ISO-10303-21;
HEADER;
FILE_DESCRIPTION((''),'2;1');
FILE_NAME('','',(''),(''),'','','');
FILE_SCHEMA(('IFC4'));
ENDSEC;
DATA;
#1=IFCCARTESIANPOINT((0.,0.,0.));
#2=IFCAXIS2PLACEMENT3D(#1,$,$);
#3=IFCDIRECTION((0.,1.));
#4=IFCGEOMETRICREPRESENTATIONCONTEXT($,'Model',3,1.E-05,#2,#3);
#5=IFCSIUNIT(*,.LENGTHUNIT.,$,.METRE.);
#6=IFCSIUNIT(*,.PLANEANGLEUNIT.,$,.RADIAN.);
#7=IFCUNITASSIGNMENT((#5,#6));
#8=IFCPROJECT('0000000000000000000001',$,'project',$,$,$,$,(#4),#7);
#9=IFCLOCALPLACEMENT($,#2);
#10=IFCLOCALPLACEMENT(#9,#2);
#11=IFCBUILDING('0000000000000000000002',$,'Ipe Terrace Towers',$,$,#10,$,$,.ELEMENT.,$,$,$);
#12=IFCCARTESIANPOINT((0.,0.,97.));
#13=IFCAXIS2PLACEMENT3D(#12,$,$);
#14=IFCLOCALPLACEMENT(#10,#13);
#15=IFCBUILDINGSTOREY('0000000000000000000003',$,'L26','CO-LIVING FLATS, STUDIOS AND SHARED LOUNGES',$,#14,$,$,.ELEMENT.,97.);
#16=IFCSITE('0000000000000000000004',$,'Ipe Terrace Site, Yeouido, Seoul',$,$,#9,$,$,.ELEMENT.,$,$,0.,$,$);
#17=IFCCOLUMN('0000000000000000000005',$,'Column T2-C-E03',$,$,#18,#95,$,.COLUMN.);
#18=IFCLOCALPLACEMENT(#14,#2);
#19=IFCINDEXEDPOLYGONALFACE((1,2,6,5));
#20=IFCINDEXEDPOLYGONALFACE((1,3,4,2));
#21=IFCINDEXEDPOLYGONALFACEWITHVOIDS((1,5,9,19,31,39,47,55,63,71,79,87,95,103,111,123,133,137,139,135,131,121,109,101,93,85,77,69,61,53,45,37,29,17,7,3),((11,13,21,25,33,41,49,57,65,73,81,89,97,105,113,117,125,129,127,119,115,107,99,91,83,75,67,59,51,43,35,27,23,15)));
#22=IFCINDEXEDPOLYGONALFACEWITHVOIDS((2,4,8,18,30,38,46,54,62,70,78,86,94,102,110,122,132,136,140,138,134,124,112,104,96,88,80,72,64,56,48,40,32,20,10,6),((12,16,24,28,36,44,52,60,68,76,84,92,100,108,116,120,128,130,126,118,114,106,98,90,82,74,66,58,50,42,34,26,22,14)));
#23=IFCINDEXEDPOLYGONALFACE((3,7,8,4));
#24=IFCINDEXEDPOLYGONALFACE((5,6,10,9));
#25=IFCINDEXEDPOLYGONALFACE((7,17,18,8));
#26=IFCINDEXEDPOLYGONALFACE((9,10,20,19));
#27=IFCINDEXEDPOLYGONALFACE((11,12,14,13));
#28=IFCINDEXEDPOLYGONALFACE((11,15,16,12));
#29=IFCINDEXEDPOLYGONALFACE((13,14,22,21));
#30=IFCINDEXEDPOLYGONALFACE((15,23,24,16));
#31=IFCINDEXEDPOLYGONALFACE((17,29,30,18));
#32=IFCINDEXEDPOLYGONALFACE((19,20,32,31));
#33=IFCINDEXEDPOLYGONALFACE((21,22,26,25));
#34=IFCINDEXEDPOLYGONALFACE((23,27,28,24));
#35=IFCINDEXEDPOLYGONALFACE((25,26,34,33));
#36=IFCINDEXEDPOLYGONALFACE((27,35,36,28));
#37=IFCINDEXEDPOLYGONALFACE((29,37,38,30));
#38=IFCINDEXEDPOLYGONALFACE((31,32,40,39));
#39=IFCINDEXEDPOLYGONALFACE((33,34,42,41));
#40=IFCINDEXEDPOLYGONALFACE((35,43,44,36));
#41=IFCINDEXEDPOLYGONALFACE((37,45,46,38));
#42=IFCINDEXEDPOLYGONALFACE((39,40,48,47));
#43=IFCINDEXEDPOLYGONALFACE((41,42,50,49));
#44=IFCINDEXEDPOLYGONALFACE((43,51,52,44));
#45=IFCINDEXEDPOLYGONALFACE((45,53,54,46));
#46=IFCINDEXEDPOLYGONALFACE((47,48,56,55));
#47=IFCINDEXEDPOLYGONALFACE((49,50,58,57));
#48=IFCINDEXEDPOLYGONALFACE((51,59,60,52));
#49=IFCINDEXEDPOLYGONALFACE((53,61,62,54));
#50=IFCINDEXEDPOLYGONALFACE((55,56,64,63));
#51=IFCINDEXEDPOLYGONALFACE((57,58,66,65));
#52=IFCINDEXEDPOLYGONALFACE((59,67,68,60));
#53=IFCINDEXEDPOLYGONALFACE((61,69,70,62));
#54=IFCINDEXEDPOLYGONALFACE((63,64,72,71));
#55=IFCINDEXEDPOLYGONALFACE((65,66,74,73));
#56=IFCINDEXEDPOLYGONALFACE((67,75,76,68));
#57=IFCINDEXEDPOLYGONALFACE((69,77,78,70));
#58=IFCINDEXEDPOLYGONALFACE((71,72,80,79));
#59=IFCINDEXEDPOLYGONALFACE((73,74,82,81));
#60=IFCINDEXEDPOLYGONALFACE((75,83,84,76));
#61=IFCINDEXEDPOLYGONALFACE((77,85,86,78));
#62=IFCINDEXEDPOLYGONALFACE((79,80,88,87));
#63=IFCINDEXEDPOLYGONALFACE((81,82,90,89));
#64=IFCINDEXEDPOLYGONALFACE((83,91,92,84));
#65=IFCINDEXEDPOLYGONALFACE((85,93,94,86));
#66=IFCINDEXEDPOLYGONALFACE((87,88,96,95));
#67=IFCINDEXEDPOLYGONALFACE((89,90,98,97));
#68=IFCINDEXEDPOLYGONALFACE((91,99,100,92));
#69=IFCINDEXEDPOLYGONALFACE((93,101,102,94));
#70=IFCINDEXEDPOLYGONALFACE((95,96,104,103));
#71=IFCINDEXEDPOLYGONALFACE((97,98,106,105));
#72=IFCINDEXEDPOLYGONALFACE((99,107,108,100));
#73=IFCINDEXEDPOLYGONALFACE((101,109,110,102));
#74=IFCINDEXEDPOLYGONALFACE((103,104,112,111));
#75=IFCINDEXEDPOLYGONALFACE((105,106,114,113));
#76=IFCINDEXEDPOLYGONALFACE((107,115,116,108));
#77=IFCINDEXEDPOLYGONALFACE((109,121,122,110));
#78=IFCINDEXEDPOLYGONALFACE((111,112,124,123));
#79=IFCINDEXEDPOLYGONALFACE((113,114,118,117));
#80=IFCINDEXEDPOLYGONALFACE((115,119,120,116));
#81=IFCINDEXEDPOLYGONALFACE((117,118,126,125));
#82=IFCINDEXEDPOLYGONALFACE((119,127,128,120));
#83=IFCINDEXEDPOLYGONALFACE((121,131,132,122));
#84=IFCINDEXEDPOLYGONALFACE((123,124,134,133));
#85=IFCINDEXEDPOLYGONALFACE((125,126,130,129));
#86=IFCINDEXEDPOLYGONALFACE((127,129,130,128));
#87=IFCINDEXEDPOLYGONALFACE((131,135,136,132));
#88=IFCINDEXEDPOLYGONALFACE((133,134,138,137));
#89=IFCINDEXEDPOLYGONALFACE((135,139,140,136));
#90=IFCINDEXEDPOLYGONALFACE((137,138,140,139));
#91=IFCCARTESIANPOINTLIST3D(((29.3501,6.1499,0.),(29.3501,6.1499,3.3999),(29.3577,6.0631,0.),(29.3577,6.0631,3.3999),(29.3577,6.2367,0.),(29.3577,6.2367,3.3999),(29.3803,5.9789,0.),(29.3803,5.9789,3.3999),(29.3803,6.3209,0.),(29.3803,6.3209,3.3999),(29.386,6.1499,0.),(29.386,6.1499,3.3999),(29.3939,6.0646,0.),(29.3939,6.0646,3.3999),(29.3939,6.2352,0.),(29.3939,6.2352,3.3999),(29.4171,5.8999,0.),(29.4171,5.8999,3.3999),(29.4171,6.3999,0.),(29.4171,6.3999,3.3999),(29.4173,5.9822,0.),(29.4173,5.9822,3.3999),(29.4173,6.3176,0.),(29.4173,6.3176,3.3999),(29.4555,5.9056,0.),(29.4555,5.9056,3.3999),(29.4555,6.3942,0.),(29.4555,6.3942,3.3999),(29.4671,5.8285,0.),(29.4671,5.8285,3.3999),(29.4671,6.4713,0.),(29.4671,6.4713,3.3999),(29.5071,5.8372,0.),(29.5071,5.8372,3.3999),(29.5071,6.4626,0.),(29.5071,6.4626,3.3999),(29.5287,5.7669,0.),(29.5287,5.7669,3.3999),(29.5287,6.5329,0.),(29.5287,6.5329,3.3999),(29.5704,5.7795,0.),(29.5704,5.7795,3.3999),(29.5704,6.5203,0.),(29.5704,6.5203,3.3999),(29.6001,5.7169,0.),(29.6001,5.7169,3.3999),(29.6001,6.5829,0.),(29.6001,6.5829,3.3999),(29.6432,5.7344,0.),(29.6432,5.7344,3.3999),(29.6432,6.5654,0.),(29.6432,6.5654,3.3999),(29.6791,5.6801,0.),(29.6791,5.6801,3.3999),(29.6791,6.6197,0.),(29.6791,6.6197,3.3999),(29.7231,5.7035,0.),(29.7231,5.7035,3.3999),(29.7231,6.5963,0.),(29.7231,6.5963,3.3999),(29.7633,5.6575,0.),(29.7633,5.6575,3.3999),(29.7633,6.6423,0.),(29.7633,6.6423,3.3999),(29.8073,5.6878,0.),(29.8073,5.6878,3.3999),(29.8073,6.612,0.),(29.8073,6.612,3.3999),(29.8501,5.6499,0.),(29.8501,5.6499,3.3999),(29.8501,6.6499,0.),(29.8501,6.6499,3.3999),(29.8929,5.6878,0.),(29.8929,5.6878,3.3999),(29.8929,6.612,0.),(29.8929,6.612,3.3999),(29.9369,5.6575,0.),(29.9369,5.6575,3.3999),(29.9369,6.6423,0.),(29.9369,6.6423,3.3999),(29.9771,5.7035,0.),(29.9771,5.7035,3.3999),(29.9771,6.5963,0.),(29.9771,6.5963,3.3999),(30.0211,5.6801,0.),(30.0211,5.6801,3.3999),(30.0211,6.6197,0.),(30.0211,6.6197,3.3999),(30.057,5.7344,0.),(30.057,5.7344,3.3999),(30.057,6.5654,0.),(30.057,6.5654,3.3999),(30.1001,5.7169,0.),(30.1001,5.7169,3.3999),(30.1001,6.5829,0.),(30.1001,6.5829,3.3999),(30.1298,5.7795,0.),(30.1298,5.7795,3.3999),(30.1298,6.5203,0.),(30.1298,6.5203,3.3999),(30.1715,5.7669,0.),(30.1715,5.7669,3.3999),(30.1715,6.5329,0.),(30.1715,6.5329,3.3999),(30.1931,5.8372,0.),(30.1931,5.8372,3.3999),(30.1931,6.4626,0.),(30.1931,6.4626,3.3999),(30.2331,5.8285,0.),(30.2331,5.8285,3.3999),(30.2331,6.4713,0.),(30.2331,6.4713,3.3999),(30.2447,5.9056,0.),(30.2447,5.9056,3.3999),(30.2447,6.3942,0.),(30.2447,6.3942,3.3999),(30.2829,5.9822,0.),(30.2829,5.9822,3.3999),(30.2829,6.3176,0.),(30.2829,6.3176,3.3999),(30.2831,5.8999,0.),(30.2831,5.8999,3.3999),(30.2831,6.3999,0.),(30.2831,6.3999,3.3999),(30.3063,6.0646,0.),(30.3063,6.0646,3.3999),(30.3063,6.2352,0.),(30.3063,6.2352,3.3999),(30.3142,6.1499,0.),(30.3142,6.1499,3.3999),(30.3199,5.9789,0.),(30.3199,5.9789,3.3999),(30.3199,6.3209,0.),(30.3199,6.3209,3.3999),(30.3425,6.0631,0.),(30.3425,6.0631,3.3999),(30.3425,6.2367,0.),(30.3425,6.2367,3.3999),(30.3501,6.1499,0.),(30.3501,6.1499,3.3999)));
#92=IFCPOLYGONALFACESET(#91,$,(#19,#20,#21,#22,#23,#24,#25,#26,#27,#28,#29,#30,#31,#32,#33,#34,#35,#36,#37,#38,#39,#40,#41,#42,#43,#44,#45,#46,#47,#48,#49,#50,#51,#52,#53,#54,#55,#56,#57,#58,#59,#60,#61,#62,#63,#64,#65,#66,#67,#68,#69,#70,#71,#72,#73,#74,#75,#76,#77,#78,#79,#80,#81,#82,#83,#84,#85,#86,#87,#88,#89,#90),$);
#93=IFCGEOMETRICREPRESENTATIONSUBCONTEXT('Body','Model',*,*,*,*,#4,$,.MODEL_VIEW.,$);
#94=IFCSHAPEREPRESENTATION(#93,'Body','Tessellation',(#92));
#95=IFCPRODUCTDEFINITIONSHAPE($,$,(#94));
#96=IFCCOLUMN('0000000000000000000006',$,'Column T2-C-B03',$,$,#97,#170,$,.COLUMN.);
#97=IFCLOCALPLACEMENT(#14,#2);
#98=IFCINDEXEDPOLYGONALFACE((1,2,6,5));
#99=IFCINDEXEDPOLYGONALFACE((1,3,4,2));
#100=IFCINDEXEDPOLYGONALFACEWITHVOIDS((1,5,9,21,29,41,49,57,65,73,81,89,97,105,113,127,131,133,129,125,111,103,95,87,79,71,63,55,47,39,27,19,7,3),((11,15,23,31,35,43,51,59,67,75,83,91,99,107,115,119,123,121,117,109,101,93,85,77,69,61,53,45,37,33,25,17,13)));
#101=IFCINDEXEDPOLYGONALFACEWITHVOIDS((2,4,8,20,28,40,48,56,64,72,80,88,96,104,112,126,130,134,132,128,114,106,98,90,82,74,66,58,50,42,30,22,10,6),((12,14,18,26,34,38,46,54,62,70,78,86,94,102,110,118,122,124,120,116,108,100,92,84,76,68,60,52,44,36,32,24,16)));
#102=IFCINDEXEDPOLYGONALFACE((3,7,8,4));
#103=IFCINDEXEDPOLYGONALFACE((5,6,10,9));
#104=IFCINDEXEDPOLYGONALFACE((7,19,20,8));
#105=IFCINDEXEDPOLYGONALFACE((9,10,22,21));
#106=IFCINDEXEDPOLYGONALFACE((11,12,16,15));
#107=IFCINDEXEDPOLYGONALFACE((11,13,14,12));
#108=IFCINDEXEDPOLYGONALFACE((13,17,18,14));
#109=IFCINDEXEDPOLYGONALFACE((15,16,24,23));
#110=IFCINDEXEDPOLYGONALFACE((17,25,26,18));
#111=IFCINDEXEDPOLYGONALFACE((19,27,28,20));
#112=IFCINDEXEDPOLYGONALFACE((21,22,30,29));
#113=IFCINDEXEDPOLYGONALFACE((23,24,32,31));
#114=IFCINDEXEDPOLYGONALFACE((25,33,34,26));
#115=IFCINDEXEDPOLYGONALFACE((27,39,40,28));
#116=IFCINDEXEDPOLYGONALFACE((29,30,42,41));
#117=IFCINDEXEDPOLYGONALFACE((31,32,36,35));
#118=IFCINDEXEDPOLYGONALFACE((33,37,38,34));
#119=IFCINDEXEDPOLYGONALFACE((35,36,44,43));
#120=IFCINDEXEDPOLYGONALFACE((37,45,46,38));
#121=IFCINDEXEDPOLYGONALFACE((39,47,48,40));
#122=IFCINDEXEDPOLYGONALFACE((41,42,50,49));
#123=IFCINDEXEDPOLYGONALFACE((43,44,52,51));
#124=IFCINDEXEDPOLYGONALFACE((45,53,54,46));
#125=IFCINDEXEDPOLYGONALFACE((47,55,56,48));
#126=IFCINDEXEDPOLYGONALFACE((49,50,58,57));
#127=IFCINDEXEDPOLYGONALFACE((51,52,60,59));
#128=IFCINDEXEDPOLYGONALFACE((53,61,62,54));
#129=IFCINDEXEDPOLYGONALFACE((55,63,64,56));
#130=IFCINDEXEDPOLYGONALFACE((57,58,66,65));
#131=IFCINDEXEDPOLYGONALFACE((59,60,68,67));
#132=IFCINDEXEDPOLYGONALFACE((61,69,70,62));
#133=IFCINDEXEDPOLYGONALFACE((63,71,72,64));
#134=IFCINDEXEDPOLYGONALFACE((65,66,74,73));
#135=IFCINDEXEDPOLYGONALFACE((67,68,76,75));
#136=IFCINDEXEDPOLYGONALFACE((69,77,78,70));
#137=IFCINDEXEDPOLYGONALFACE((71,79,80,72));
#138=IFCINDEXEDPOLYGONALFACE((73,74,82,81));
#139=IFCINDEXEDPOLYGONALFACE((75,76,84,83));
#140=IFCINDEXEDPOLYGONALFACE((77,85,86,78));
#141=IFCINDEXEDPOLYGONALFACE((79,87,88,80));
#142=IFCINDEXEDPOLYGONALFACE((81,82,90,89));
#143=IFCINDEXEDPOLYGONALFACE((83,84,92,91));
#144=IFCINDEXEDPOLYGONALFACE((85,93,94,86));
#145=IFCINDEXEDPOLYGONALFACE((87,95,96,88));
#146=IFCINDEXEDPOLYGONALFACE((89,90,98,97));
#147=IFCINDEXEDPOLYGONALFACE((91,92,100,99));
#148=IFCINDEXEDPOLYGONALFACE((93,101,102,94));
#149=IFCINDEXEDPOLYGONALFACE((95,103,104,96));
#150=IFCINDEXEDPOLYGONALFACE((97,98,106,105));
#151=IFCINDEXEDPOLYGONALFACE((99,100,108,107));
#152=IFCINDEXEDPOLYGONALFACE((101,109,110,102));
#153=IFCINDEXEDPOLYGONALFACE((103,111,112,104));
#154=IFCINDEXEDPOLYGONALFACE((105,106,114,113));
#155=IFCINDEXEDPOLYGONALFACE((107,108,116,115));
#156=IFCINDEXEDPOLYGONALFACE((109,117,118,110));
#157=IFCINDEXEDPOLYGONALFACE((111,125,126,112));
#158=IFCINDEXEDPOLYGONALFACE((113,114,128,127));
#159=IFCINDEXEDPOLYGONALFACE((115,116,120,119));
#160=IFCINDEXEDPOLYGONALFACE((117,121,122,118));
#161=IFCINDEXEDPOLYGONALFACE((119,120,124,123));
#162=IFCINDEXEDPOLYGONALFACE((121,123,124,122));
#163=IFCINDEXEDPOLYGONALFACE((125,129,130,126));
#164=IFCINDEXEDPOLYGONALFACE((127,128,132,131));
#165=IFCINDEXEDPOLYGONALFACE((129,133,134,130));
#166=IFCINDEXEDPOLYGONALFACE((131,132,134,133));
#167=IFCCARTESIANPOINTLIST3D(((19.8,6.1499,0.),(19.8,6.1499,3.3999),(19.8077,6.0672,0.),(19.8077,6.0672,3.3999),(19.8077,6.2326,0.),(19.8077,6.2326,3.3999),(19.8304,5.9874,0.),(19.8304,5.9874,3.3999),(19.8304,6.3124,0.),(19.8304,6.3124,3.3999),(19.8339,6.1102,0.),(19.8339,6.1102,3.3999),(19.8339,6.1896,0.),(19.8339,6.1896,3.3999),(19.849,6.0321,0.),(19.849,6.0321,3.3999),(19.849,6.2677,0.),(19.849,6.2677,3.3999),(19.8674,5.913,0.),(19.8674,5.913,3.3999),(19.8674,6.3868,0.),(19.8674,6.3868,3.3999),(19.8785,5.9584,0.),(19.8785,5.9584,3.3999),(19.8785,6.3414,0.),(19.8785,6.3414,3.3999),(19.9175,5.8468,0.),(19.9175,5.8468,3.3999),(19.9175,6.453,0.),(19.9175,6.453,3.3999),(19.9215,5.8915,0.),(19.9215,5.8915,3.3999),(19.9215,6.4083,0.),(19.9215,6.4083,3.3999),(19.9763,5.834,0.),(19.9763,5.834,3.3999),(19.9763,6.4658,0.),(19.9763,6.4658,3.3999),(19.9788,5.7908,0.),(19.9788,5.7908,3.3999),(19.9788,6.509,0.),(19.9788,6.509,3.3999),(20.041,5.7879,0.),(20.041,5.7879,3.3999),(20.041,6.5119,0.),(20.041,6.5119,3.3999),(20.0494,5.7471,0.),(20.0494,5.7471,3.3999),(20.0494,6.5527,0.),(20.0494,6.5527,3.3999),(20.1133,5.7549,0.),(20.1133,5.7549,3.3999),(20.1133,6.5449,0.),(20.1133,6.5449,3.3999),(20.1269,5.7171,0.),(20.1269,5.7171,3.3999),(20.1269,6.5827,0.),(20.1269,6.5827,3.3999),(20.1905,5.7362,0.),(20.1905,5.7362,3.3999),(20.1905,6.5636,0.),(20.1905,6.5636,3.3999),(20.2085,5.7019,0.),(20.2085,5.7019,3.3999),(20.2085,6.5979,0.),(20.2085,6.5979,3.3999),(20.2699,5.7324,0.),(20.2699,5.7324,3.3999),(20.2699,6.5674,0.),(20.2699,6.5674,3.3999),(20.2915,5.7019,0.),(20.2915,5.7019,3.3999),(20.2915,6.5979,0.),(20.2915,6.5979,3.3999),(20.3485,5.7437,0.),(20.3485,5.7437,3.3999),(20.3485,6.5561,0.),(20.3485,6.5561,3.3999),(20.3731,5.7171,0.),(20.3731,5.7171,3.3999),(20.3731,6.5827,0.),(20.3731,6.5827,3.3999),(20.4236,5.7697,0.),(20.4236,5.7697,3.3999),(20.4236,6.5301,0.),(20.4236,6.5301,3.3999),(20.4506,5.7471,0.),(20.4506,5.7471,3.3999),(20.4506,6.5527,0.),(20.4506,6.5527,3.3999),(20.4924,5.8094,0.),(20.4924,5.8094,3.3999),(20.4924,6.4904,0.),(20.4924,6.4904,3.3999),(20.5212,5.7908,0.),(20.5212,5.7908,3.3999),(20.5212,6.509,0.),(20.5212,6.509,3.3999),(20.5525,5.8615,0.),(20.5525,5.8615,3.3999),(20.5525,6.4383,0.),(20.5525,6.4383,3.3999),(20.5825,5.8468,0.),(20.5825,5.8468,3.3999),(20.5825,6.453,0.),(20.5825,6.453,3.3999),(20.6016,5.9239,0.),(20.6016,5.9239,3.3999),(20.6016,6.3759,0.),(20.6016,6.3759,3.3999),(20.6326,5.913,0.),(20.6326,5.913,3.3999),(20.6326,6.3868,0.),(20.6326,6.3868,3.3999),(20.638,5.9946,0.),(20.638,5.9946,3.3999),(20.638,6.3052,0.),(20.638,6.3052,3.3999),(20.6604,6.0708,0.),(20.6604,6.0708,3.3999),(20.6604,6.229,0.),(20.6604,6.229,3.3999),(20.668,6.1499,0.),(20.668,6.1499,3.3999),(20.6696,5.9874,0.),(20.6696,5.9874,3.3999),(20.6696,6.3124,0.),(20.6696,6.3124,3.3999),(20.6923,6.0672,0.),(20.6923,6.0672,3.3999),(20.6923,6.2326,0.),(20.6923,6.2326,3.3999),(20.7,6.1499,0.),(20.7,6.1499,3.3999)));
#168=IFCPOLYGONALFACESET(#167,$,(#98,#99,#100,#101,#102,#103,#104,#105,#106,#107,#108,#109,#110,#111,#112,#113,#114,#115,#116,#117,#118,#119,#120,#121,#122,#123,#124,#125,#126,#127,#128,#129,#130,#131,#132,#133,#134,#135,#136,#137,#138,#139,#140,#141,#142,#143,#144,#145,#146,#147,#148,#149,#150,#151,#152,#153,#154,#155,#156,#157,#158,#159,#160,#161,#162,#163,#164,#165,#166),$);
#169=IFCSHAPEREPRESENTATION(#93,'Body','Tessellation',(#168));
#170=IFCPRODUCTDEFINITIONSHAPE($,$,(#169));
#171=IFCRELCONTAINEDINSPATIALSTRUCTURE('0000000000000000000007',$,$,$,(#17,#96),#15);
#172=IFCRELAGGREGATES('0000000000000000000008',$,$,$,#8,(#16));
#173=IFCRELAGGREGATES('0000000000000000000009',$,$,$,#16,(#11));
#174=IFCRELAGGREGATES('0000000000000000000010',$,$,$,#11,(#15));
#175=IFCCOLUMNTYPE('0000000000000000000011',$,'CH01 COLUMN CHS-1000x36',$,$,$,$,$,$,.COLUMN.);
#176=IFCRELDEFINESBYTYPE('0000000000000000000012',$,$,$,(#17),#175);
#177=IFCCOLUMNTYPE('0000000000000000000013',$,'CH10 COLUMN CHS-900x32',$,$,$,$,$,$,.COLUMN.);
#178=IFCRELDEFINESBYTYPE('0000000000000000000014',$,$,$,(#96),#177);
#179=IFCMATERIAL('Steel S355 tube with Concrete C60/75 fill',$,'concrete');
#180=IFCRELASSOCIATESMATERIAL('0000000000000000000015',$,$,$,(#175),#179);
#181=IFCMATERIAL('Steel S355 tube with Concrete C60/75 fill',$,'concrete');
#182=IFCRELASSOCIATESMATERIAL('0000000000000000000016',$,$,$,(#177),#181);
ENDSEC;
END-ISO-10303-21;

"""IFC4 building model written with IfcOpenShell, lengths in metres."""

from ifc_helpers import new_model, si_unit, direction, frame, origin, origin_2d, place, context, subcontext, project, spatial, hollow_circle, extrude, material, material_profile, profile_set, type_object, element, save


model = new_model("IFC4")

# Units and contexts
model_context = context("Model", 3, precision=1e-05, world=origin(), true_north=direction((0.0, 1.0)))
body_context = subcontext(model_context, "Body", "Model", "MODEL_VIEW")
ifc_project = project(units=[si_unit("LENGTHUNIT", "METRE"), si_unit("PLANEANGLEUNIT", "RADIAN")], contexts=[model_context])

# Site, building, storey
site_placement = place(None, origin())
site = spatial("IfcSite", under=ifc_project, at=site_placement, Name="Ipe Terrace Site, Yeouido, Seoul", CompositionType="ELEMENT", RefElevation=0.0)
building_placement = place(site_placement, origin())
building = spatial("IfcBuilding", under=site, at=building_placement, Name="Ipe Terrace Towers", CompositionType="ELEMENT")
storey_placement = place(building_placement, frame((0.0, 0.0, 97.0)))
storey = spatial("IfcBuildingStorey", under=building, at=storey_placement, Name="L26", Description="CO-LIVING FLATS, STUDIOS AND SHARED LOUNGES", CompositionType="ELEMENT", Elevation=97.0)

# Columns
ifc_material_1 = material(Name="Steel S355 tube with Concrete C60/75 fill", Category="concrete")
ifc_material_profile_1 = material_profile(ifc_material_1, hollow_circle(Radius=0.5, WallThickness=0.0359, at=origin_2d()), Name="CHS-1000x36")
ifc_profile_set_1 = profile_set([ifc_material_profile_1], Name="Steel S355 tube with Concrete C60/75 fill")
column_type_1 = type_object("IfcColumnType", Name="CH01 COLUMN CHS-1000x36", PredefinedType="COLUMN", material=ifc_profile_set_1)
column_placement = place(storey_placement, frame((29.8501, 6.1499, 0.0), z_axis=(0.0, 0.0, 1.0), x_axis=(1.0, 0.0, 0.0)))
element("IfcColumn", 1, at=column_placement, inside=storey, type_object=column_type_1, Name="Column T2-C-E03", PredefinedType="COLUMN", context=body_context, shape_type="SweptSolid", body=[
    extrude(hollow_circle(Radius=0.5, WallThickness=0.0359, at=origin_2d()), origin(), (0.0, 0.0, 1.0), 3.3999),
])
ifc_material_2 = material(Name="Steel S355 tube with Concrete C60/75 fill", Category="concrete")
ifc_material_profile_2 = material_profile(ifc_material_2, hollow_circle(Radius=0.45, WallThickness=0.032, at=origin_2d()), Name="CHS-900x32")
ifc_profile_set_2 = profile_set([ifc_material_profile_2], Name="Steel S355 tube with Concrete C60/75 fill")
column_type_2 = type_object("IfcColumnType", Name="CH10 COLUMN CHS-900x32", PredefinedType="COLUMN", material=ifc_profile_set_2)
for number, where, z_axis, x_axis, name in (
    (2, (20.25, 6.1499, 0.0), (0.0, 0.0, 1.0), (1.0, 0.0, 0.0), "Column T2-C-B03"),
):
    element("IfcColumn", number, at=place(storey_placement, frame(where, z_axis=z_axis, x_axis=x_axis)), inside=storey, type_object=column_type_2, Name=name, PredefinedType="COLUMN", context=body_context, shape_type="SweptSolid", body=[
        extrude(hollow_circle(Radius=0.45, WallThickness=0.032, at=origin_2d()), origin(), (0.0, 0.0, 1.0), 3.3999),
    ])

save(model, "model.ifc")
